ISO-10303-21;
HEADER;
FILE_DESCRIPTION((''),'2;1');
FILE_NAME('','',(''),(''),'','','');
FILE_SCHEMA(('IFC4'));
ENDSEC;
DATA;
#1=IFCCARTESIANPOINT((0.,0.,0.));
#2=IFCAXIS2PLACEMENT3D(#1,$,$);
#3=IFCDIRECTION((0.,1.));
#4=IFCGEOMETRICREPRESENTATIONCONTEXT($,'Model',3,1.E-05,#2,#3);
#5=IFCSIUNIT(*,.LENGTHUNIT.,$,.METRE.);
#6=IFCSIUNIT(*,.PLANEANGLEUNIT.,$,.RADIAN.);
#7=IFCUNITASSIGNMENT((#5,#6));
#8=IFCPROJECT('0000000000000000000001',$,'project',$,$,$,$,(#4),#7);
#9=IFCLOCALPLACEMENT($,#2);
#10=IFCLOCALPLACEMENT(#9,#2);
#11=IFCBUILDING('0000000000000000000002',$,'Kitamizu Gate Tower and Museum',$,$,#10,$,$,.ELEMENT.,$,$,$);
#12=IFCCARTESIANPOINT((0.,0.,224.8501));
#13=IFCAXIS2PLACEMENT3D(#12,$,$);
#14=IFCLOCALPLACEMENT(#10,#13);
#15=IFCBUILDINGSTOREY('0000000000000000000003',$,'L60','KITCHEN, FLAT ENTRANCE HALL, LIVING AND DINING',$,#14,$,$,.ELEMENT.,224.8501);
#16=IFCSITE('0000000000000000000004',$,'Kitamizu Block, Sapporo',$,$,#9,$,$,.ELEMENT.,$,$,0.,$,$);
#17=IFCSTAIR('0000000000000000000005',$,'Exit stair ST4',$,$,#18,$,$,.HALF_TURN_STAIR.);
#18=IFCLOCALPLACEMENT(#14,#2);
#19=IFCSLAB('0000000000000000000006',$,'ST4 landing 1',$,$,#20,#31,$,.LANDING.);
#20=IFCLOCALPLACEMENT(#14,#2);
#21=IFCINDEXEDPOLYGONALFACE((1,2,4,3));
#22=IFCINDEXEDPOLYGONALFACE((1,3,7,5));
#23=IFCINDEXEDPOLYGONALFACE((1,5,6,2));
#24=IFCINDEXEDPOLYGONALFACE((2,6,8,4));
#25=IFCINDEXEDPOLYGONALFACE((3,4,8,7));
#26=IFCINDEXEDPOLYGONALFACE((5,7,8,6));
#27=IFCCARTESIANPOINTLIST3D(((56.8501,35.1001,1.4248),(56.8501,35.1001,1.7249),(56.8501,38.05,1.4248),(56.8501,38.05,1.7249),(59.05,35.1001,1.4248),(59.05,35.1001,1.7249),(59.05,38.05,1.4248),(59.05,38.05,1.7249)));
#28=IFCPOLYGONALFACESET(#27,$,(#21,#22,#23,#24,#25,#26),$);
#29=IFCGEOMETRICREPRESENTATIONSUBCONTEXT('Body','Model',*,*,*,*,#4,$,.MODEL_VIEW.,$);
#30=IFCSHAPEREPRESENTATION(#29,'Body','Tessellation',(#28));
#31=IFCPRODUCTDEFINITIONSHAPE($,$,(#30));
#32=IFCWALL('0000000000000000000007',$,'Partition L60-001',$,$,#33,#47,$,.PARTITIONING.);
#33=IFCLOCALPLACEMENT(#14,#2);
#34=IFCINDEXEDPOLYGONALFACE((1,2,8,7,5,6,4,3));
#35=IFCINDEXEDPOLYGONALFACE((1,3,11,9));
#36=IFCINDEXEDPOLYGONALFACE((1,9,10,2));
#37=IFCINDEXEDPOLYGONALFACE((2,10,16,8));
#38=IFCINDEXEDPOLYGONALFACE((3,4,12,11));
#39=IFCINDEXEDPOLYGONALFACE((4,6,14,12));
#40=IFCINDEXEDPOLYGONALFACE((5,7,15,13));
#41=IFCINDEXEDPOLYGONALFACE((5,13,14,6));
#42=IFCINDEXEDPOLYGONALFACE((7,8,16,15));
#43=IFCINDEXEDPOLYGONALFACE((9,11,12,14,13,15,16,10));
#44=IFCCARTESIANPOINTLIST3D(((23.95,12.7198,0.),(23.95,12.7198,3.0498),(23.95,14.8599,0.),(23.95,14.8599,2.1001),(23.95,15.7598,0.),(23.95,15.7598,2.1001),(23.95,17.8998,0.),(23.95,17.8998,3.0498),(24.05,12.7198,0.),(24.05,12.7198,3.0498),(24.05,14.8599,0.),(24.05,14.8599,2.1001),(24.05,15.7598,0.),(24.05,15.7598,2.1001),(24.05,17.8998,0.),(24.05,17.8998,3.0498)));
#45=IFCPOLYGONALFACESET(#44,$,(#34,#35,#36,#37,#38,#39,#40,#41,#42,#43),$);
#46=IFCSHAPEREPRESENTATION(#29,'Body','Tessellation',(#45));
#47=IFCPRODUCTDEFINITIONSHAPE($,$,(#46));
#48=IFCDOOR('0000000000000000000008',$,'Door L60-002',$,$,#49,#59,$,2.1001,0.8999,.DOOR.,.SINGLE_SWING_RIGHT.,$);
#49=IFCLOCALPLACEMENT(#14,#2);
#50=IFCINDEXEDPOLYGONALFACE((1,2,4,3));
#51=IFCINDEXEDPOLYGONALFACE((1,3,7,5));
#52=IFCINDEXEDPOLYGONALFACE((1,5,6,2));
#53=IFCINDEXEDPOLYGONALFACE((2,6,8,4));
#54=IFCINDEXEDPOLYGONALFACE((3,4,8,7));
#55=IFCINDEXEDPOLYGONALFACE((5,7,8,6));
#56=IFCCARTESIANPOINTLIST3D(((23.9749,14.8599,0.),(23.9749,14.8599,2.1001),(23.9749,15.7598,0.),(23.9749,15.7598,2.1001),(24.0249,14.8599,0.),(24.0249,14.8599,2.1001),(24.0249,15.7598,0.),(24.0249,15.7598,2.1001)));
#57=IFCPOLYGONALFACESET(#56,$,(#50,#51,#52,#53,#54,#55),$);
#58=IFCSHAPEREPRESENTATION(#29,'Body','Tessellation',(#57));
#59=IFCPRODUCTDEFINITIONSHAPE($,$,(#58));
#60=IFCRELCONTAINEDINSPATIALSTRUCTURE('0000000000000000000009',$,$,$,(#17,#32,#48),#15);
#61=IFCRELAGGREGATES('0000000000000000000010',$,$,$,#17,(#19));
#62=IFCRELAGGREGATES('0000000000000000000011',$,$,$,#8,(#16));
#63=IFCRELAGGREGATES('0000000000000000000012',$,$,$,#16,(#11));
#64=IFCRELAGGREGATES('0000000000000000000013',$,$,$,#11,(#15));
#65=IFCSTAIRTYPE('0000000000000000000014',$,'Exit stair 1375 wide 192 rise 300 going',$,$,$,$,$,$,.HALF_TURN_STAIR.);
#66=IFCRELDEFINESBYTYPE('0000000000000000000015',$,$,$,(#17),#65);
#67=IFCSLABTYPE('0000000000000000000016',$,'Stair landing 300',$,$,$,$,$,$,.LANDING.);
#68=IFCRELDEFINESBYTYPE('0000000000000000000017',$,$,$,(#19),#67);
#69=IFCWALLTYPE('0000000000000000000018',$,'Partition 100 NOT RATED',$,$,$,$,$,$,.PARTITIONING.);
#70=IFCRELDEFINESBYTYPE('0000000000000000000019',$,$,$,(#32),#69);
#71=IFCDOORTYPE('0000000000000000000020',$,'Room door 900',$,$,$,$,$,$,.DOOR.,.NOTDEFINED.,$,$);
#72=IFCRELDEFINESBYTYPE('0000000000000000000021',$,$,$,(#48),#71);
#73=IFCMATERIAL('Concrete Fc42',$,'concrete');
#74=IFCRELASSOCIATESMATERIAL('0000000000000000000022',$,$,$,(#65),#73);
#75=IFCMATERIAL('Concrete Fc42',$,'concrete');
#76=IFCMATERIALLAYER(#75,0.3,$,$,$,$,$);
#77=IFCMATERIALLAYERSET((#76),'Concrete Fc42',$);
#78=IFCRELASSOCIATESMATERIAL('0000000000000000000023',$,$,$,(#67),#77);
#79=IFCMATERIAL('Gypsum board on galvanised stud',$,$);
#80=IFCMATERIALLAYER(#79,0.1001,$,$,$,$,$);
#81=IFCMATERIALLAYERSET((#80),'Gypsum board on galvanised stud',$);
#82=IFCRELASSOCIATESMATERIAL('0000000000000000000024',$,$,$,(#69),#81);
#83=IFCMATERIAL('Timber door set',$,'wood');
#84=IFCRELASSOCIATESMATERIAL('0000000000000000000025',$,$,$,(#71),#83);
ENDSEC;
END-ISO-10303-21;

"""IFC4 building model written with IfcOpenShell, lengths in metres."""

from ifc_helpers import new_model, si_unit, direction, frame, frame_2d, origin, place, context, subcontext, project, spatial, polyline, rectangle, outline, extrude, material, layer, layer_set, type_object, element, fill, aggregate, save


model = new_model("IFC4")

# Units and contexts
model_context = context("Model", 3, precision=1e-05, world=origin(), true_north=direction((0.0, 1.0)))
body_context = subcontext(model_context, "Body", "Model", "MODEL_VIEW")
ifc_project = project(units=[si_unit("LENGTHUNIT", "METRE"), si_unit("PLANEANGLEUNIT", "RADIAN")], contexts=[model_context])

# Site, building, storey
site_placement = place(None, origin())
site = spatial("IfcSite", under=ifc_project, at=site_placement, Name="Kitamizu Block, Sapporo", CompositionType="ELEMENT", RefElevation=0.0)
building_placement = place(site_placement, origin())
building = spatial("IfcBuilding", under=site, at=building_placement, Name="Kitamizu Gate Tower and Museum", CompositionType="ELEMENT")
storey_placement = place(building_placement, frame((0.0, 0.0, 224.8501)))
storey = spatial("IfcBuildingStorey", under=building, at=storey_placement, Name="L60", Description="KITCHEN, FLAT ENTRANCE HALL, LIVING AND DINING", CompositionType="ELEMENT", Elevation=224.8501)

# Stair, slab
ifc_material_1 = material(Name="Concrete Fc42", Category="concrete")
stair_type = type_object("IfcStairType", Name="Exit stair 1375 wide 192 rise 300 going", PredefinedType="HALF_TURN_STAIR", material=ifc_material_1)
ifc_material_2 = material(Name="Concrete Fc42", Category="concrete")
ifc_layer_1 = layer(ifc_material_2, 0.3)
ifc_layer_set_1 = layer_set([ifc_layer_1], Name="Concrete Fc42")
slab_type_1 = type_object("IfcSlabType", Name="Stair landing 300", PredefinedType="LANDING", material=ifc_layer_set_1)
stair_1_placement = place(storey_placement, origin())
stair_1 = element("IfcStair", 1, at=stair_1_placement, inside=storey, type_object=stair_type, Name="Exit stair ST4", PredefinedType="HALF_TURN_STAIR")
slab_1_placement = place(storey_placement, frame((0.0, 0.0, 1.4248)))
slab_1 = element("IfcSlab", 2, at=slab_1_placement, type_object=slab_type_1, Name="ST4 landing 1", PredefinedType="LANDING", context=body_context, shape_type="SweptSolid", body=[
    extrude(outline(polyline([(56.8501, 35.1001), (59.05, 35.1001), (59.05, 38.05), (56.8501, 38.05), (56.8501, 35.1001)])), origin(), (0.0, 0.0, 1.0), 0.3),
])
aggregate(stair_1, [slab_1])

# Wall, opening, door
ifc_material_3 = material(Name="Gypsum board on galvanised stud")
ifc_layer_2 = layer(ifc_material_3, 0.1001)
ifc_layer_set_2 = layer_set([ifc_layer_2], Name="Gypsum board on galvanised stud")
wall_type_1 = type_object("IfcWallType", Name="Partition 100 NOT RATED", PredefinedType="PARTITIONING", material=ifc_layer_set_2)
wall_1_placement = place(storey_placement, frame((24.0, 12.72, 0.0), z_axis=(0.0, 0.0, 1.0), x_axis=(0.0, 1.0, 0.0)))
wall_1 = element("IfcWall", 3, at=wall_1_placement, inside=storey, type_object=wall_type_1, Name="Partition L60-001", PredefinedType="PARTITIONING", context=body_context, shape_type="SweptSolid", body=[
    extrude(rectangle(XDim=5.1799, YDim=0.1001, at=frame_2d((2.5898, 0.0))), origin(), (0.0, 0.0, 1.0), 3.0498),
])
opening_1_placement = place(wall_1_placement, frame((2.1399, 0.0, 0.0)))
opening_1 = element("IfcOpeningElement", 4, at=opening_1_placement, cuts=wall_1, PredefinedType="OPENING", context=body_context, shape_type="SweptSolid", body=[
    extrude(rectangle(XDim=0.8999, YDim=2.1001, at=frame_2d((0.45, 1.05))), frame((0.0, 0.0601, 0.0), z_axis=(0.0, -1.0, 0.0), x_axis=(1.0, 0.0, 0.0)), (0.0, 0.0, 1.0), 0.1201),
])
ifc_material_4 = material(Name="Timber door set", Category="wood")
door_type = type_object("IfcDoorType", Name="Room door 900", OperationType="NOTDEFINED", PredefinedType="DOOR", material=ifc_material_4)
door_placement = place(opening_1_placement, frame((0.8999, 0.0, 0.0), x_axis=(-1.0, 0.0, 0.0)))
door = element("IfcDoor", 5, at=door_placement, inside=storey, type_object=door_type, Name="Door L60-002", OperationType="SINGLE_SWING_RIGHT", OverallHeight=2.1001, OverallWidth=0.8999, PredefinedType="DOOR", context=body_context, shape_type="SweptSolid", body=[
    extrude(rectangle(XDim=0.8999, YDim=2.1001, at=frame_2d((0.45, 1.05))), frame((0.0, 0.0249, 0.0), z_axis=(0.0, -1.0, 0.0), x_axis=(1.0, 0.0, 0.0)), (0.0, 0.0, 1.0), 0.05),
])
fill(opening_1, door)

save(model, "model.ifc")
